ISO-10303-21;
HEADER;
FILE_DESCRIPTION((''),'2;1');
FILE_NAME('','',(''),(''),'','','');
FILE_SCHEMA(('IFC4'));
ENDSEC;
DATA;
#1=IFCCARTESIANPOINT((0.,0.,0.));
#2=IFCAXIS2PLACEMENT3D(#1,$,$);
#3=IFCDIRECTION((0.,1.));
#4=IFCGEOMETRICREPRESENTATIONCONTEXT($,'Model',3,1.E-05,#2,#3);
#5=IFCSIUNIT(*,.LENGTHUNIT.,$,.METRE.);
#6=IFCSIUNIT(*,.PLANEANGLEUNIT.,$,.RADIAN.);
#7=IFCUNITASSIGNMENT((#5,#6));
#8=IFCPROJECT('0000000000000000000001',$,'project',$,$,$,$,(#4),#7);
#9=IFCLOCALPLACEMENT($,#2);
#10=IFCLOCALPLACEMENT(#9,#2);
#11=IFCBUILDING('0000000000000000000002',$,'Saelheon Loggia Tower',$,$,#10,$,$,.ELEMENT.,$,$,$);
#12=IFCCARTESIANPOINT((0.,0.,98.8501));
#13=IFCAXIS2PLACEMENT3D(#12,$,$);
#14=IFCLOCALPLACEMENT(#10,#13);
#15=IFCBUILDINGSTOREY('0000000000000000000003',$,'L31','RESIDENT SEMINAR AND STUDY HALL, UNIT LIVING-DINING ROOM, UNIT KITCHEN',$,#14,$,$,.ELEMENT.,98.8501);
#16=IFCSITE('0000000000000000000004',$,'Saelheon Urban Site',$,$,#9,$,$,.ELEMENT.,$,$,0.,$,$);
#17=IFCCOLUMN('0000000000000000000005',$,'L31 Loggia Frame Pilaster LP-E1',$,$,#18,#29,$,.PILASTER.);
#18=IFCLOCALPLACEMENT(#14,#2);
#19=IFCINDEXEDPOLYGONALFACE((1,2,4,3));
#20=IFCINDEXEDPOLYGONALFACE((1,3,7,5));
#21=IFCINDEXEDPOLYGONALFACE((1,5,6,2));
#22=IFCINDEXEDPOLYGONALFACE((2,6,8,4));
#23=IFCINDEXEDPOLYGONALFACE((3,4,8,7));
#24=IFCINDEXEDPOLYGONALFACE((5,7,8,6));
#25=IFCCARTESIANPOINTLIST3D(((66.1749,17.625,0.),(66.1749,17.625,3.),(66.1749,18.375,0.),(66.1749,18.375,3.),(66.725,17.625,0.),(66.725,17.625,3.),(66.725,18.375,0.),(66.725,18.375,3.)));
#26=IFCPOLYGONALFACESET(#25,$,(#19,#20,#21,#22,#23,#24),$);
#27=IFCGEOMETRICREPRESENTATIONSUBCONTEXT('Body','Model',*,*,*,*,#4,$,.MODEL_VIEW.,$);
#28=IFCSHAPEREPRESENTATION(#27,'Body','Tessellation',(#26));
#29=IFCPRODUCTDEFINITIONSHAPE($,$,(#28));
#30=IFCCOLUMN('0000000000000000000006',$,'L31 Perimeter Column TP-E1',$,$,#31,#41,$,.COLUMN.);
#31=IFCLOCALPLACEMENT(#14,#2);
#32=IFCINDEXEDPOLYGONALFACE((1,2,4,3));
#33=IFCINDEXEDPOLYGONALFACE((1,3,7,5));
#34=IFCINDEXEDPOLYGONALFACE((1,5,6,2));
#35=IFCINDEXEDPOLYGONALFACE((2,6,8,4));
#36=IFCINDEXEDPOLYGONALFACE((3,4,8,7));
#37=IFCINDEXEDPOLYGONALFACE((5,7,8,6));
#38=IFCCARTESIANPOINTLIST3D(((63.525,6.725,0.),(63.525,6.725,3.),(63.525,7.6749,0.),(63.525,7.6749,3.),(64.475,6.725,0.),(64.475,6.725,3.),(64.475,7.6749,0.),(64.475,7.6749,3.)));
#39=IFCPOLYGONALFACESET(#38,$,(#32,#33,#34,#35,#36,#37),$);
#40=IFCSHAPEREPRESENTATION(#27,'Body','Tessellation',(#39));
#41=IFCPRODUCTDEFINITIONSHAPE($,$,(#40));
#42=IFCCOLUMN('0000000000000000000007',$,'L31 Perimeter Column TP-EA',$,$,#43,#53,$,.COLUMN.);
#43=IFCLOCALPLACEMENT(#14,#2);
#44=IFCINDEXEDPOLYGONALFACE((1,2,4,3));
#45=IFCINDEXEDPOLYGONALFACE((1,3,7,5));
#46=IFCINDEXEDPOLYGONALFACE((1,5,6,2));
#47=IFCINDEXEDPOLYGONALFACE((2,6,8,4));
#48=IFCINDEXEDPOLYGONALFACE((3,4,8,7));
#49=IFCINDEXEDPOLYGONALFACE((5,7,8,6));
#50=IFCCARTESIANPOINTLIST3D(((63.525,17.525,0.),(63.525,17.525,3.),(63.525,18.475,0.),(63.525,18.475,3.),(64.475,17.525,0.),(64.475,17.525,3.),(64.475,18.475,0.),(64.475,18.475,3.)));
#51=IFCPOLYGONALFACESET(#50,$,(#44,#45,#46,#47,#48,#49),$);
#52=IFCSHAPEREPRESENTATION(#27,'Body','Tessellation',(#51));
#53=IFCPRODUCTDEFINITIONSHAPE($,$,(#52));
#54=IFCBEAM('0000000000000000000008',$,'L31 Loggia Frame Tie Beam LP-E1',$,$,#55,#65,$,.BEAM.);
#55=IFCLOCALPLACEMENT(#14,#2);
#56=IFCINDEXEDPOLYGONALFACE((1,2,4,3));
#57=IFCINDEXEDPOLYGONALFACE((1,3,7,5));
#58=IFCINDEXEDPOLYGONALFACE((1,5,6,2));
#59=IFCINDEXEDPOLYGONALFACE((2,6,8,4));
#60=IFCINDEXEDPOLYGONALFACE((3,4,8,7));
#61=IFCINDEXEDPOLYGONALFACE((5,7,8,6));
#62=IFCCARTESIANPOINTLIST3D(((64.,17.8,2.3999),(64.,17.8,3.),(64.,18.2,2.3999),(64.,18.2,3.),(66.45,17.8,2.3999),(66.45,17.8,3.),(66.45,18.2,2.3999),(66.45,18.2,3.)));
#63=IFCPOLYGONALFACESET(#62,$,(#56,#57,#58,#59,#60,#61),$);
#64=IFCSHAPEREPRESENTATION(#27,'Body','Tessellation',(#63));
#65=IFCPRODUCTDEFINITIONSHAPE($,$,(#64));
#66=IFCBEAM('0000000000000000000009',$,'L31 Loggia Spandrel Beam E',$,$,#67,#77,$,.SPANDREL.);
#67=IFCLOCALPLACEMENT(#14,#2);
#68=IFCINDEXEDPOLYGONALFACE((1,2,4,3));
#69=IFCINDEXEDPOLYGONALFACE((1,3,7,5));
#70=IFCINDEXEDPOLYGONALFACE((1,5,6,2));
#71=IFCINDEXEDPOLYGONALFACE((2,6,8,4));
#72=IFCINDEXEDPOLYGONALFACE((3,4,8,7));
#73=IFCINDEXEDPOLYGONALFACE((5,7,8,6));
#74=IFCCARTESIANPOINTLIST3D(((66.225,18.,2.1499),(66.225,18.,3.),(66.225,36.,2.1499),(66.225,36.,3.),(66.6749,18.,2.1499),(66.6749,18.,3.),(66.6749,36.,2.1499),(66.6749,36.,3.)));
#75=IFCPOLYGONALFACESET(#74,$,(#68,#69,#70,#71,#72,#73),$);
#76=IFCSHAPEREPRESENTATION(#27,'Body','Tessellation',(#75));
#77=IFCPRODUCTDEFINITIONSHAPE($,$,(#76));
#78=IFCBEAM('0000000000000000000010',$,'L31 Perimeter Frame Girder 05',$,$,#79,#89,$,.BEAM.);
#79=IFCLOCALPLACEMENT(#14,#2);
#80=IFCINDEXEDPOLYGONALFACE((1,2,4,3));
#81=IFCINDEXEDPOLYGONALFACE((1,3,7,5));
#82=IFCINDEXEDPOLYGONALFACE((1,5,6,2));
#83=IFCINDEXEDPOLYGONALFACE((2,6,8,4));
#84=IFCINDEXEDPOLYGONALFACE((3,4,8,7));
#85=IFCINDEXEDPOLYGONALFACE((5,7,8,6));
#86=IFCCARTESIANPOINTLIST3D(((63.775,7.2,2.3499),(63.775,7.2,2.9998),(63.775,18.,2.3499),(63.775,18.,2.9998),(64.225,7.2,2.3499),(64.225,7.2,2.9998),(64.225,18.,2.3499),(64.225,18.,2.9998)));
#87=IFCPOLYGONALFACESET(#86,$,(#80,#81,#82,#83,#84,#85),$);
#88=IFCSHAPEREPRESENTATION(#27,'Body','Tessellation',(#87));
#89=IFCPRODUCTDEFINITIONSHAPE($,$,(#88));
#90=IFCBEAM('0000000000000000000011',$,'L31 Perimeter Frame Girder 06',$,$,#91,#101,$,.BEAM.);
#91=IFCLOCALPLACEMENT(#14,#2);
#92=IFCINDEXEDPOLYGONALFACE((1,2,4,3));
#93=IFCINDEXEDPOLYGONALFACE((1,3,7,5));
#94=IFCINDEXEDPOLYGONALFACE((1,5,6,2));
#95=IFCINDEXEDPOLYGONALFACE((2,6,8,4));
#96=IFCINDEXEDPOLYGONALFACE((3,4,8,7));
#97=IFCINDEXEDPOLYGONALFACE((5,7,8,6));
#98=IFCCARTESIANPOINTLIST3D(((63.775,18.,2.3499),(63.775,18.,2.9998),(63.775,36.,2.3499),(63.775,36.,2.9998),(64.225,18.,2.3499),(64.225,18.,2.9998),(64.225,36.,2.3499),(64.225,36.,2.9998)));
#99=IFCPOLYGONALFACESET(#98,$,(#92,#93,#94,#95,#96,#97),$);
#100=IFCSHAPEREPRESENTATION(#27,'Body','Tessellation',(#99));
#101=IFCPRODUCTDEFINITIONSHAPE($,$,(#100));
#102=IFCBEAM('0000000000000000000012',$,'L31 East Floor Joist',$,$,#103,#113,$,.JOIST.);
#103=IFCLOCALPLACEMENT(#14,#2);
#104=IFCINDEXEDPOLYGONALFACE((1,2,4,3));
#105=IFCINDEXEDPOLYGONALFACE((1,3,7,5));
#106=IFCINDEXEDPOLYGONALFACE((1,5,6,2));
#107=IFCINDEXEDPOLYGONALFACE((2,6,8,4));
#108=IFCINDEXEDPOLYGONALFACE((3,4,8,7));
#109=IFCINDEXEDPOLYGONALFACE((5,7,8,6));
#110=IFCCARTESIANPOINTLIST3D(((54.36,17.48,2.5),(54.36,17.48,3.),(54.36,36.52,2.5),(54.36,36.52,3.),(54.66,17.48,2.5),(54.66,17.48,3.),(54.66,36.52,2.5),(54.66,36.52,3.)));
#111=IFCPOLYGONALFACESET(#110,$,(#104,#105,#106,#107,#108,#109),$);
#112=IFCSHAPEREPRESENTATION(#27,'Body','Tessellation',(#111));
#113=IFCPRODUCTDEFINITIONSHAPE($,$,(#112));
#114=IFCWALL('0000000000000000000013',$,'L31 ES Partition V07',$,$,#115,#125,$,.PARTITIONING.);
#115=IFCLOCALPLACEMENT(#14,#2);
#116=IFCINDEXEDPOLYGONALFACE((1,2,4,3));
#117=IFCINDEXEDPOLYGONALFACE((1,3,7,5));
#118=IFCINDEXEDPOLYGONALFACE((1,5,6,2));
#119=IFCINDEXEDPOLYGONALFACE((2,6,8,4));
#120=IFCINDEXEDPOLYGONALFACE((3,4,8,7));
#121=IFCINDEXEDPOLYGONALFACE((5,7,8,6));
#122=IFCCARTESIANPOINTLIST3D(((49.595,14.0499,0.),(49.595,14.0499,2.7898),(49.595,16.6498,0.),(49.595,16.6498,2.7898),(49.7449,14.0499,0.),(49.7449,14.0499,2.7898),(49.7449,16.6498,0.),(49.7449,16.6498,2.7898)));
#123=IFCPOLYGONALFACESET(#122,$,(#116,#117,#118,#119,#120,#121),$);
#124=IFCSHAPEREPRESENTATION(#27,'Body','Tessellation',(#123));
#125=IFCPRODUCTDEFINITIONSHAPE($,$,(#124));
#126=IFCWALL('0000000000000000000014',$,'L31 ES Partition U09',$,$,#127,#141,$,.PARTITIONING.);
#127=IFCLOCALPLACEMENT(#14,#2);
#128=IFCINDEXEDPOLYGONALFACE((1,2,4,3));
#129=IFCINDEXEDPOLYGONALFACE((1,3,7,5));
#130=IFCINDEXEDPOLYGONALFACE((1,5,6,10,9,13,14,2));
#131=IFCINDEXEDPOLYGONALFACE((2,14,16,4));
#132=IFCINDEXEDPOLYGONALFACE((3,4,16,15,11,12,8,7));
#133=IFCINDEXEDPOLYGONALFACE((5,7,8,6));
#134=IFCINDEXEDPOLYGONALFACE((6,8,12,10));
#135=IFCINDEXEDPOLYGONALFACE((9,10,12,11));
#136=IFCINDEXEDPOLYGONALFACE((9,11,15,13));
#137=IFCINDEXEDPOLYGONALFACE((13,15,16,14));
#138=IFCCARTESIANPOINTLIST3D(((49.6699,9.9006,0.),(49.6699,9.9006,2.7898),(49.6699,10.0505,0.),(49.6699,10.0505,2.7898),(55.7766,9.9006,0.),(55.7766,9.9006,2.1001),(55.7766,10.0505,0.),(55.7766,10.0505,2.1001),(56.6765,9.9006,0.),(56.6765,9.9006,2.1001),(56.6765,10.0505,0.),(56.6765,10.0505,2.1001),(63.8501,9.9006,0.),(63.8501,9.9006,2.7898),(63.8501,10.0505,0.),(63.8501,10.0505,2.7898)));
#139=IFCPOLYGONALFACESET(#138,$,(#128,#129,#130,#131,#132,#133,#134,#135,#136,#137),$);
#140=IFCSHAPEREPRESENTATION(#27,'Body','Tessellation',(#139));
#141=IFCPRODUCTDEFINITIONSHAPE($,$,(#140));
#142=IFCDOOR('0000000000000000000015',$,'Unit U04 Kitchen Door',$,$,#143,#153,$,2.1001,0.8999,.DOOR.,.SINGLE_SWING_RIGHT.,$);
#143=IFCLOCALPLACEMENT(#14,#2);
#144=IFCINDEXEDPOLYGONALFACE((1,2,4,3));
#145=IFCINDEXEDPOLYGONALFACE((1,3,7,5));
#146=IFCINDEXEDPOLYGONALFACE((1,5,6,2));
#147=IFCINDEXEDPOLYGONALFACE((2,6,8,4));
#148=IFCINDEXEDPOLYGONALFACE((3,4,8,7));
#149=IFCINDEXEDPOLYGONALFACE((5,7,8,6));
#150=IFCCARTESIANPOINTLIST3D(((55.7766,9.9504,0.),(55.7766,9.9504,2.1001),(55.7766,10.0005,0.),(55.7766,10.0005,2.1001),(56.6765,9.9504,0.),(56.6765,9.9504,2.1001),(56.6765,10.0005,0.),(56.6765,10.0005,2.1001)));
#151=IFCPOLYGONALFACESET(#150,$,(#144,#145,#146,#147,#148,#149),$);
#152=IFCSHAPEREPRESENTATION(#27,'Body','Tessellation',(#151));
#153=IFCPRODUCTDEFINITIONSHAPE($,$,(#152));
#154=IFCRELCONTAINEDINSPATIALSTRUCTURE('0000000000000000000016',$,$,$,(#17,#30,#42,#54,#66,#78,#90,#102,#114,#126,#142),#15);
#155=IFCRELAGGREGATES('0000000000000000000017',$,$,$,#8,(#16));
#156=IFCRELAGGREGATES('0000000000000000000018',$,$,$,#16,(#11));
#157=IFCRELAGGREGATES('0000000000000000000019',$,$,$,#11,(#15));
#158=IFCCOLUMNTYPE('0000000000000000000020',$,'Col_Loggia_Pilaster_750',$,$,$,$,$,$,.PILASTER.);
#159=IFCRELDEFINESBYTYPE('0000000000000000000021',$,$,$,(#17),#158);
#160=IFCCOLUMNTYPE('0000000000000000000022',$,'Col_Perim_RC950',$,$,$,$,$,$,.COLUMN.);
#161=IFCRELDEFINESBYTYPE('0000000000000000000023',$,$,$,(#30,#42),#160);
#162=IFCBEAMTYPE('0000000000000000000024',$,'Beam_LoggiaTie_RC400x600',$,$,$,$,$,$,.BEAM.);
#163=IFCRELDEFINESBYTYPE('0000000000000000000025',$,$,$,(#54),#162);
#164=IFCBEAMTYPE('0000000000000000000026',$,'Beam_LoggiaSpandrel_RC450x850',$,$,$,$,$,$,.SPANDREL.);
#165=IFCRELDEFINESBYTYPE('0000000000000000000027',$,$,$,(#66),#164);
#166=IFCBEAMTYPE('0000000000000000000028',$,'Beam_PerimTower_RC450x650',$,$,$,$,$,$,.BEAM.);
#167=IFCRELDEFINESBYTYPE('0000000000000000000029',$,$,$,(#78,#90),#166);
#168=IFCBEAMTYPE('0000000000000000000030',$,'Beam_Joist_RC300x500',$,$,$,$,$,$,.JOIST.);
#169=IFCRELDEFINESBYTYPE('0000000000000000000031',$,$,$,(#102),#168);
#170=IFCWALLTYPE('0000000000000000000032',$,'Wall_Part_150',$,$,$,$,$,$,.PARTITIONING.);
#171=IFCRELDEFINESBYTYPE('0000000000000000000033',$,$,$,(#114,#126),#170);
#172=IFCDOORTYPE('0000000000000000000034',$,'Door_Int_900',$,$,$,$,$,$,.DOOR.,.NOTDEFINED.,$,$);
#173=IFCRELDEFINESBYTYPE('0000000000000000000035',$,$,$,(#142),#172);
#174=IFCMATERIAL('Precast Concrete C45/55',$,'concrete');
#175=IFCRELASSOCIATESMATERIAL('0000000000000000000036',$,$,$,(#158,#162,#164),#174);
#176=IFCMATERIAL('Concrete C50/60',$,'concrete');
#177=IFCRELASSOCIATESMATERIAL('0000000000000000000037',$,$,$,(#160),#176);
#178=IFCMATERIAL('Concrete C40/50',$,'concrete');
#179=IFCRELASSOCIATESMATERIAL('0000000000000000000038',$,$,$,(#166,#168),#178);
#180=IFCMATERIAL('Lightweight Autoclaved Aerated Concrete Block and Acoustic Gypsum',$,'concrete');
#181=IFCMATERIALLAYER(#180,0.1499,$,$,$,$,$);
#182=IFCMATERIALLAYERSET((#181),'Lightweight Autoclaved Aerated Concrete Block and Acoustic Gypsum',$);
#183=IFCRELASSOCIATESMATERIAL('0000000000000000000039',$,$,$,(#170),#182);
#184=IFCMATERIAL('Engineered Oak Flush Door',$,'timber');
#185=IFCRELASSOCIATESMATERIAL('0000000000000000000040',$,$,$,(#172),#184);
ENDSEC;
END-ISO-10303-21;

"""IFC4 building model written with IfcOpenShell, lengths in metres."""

from ifc_helpers import new_model, si_unit, direction, frame, frame_2d, origin, origin_2d, place, context, subcontext, project, spatial, rectangle, extrude, source, transform, mapped, material, layer, layer_set, material_profile, profile_set, type_object, element, fill, save


model = new_model("IFC4")

# Units and contexts
model_context = context("Model", 3, precision=1e-05, world=origin(), true_north=direction((0.0, 1.0)))
body_context = subcontext(model_context, "Body", "Model", "MODEL_VIEW")
ifc_project = project(units=[si_unit("LENGTHUNIT", "METRE"), si_unit("PLANEANGLEUNIT", "RADIAN")], contexts=[model_context])

# Site, building, storey
site_placement = place(None, origin())
site = spatial("IfcSite", under=ifc_project, at=site_placement, Name="Saelheon Urban Site", CompositionType="ELEMENT", RefElevation=0.0)
building_placement = place(site_placement, origin())
building = spatial("IfcBuilding", under=site, at=building_placement, Name="Saelheon Loggia Tower", CompositionType="ELEMENT")
storey_placement = place(building_placement, frame((0.0, 0.0, 98.8501)))
storey = spatial("IfcBuildingStorey", under=building, at=storey_placement, Name="L31", Description="RESIDENT SEMINAR AND STUDY HALL, UNIT LIVING-DINING ROOM, UNIT KITCHEN", CompositionType="ELEMENT", Elevation=98.8501)

# Columns
ifc_material_1 = material(Name="Precast Concrete C45/55", Category="concrete")
ifc_material_profile_1 = material_profile(ifc_material_1, rectangle(XDim=0.55, YDim=0.75, at=origin_2d()), Name="RC-550x750")
ifc_profile_set_1 = profile_set([ifc_material_profile_1], Name="Precast Concrete C45/55")
column_type_1 = type_object("IfcColumnType", Name="Col_Loggia_Pilaster_750", PredefinedType="PILASTER", material=ifc_profile_set_1)
shared_shape_1 = source(origin(), body_context, "Body", "SweptSolid", [
    extrude(rectangle(XDim=0.55, YDim=0.75, at=origin_2d()), origin(), (0.0, 0.0, 1.0), 3.0),
])
column_placement = place(storey_placement, frame((66.45, 18.0, 0.0), z_axis=(0.0, 0.0, 1.0), x_axis=(1.0, 0.0, 0.0)))
element("IfcColumn", 1, at=column_placement, inside=storey, type_object=column_type_1, Name="L31 Loggia Frame Pilaster LP-E1", PredefinedType="PILASTER", context=body_context, shape_type="MappedRepresentation", body=[
    mapped(shared_shape_1, transform((0.0, 0.0, 0.0), scale=1.0)),
])
ifc_material_2 = material(Name="Concrete C50/60", Category="concrete")
ifc_material_profile_2 = material_profile(ifc_material_2, rectangle(XDim=0.95, YDim=0.95, at=origin_2d()), Name="RC-950x950")
ifc_profile_set_2 = profile_set([ifc_material_profile_2], Name="Concrete C50/60")
column_type_2 = type_object("IfcColumnType", Name="Col_Perim_RC950", PredefinedType="COLUMN", material=ifc_profile_set_2)
shared_shape_2 = source(origin(), body_context, "Body", "SweptSolid", [
    extrude(rectangle(XDim=0.95, YDim=0.95, at=origin_2d()), origin(), (0.0, 0.0, 1.0), 3.0),
])
for number, where, z_axis, x_axis, name in (
    (2, (64.0, 7.2, 0.0), (0.0, 0.0, 1.0), (1.0, 0.0, 0.0), "L31 Perimeter Column TP-E1"),
    (3, (64.0, 18.0, 0.0), (0.0, 0.0, 1.0), (1.0, 0.0, 0.0), "L31 Perimeter Column TP-EA"),
):
    element("IfcColumn", number, at=place(storey_placement, frame(where, z_axis=z_axis, x_axis=x_axis)), inside=storey, type_object=column_type_2, Name=name, PredefinedType="COLUMN", context=body_context, shape_type="MappedRepresentation", body=[
        mapped(shared_shape_2, transform((0.0, 0.0, 0.0), scale=1.0)),
    ])

# Beams
ifc_material_profile_3 = material_profile(ifc_material_1, rectangle(XDim=0.3999, YDim=0.6001, at=origin_2d()), Name="RC-400x600")
ifc_profile_set_3 = profile_set([ifc_material_profile_3], Name="Precast Concrete C45/55")
beam_type_1 = type_object("IfcBeamType", Name="Beam_LoggiaTie_RC400x600", PredefinedType="BEAM", material=ifc_profile_set_3)
shared_shape_3 = source(origin(), body_context, "Body", "SweptSolid", [
    extrude(rectangle(XDim=0.3999, YDim=0.6001, at=origin_2d()), origin(), (0.0, 0.0, 1.0), 2.45),
])
beam_1_placement = place(storey_placement, frame((64.0, 18.0, 2.7), z_axis=(1.0, 0.0, 0.0), x_axis=(0.0, 1.0, 0.0)))
element("IfcBeam", 4, at=beam_1_placement, inside=storey, type_object=beam_type_1, Name="L31 Loggia Frame Tie Beam LP-E1", PredefinedType="BEAM", context=body_context, shape_type="MappedRepresentation", body=[
    mapped(shared_shape_3, transform((0.0, 0.0, 0.0), scale=1.0)),
])
ifc_material_profile_4 = material_profile(ifc_material_1, rectangle(XDim=0.45, YDim=0.8501, at=origin_2d()), Name="RC-450x850")
ifc_profile_set_4 = profile_set([ifc_material_profile_4], Name="Precast Concrete C45/55")
beam_type_2 = type_object("IfcBeamType", Name="Beam_LoggiaSpandrel_RC450x850", PredefinedType="SPANDREL", material=ifc_profile_set_4)
shared_shape_4 = source(origin(), body_context, "Body", "SweptSolid", [
    extrude(rectangle(XDim=0.45, YDim=0.8501, at=origin_2d()), origin(), (0.0, 0.0, 1.0), 18.0),
])
beam_2_placement = place(storey_placement, frame((66.45, 18.0, 2.575), z_axis=(0.0, 1.0, 0.0), x_axis=(-1.0, 0.0, 0.0)))
element("IfcBeam", 5, at=beam_2_placement, inside=storey, type_object=beam_type_2, Name="L31 Loggia Spandrel Beam E", PredefinedType="SPANDREL", context=body_context, shape_type="MappedRepresentation", body=[
    mapped(shared_shape_4, transform((0.0, 0.0, 0.0), scale=1.0)),
])
ifc_material_3 = material(Name="Concrete C40/50", Category="concrete")
ifc_material_profile_5 = material_profile(ifc_material_3, rectangle(XDim=0.45, YDim=0.6499, at=origin_2d()), Name="RC-450x650")
ifc_profile_set_5 = profile_set([ifc_material_profile_5], Name="Concrete C40/50")
beam_type_3 = type_object("IfcBeamType", Name="Beam_PerimTower_RC450x650", PredefinedType="BEAM", material=ifc_profile_set_5)
shared_shape_5 = source(origin(), body_context, "Body", "SweptSolid", [
    extrude(rectangle(XDim=0.45, YDim=0.6499, at=origin_2d()), origin(), (0.0, 0.0, 1.0), 10.8),
])
beam_3_placement = place(storey_placement, frame((64.0, 7.2, 2.6748), z_axis=(0.0, 1.0, 0.0), x_axis=(-1.0, 0.0, 0.0)))
element("IfcBeam", 6, at=beam_3_placement, inside=storey, type_object=beam_type_3, Name="L31 Perimeter Frame Girder 05", PredefinedType="BEAM", context=body_context, shape_type="MappedRepresentation", body=[
    mapped(shared_shape_5, transform((0.0, 0.0, 0.0), scale=1.0)),
])
shared_shape_6 = source(origin(), body_context, "Body", "SweptSolid", [
    extrude(rectangle(XDim=0.45, YDim=0.6499, at=origin_2d()), origin(), (0.0, 0.0, 1.0), 18.0),
])
beam_4_placement = place(storey_placement, frame((64.0, 18.0, 2.6748), z_axis=(0.0, 1.0, 0.0), x_axis=(-1.0, 0.0, 0.0)))
element("IfcBeam", 7, at=beam_4_placement, inside=storey, type_object=beam_type_3, Name="L31 Perimeter Frame Girder 06", PredefinedType="BEAM", context=body_context, shape_type="MappedRepresentation", body=[
    mapped(shared_shape_6, transform((0.0, 0.0, 0.0), scale=1.0)),
])
ifc_material_profile_6 = material_profile(ifc_material_3, rectangle(XDim=0.3, YDim=0.5, at=origin_2d()), Name="RC-300x500")
ifc_profile_set_6 = profile_set([ifc_material_profile_6], Name="Concrete C40/50")
beam_type_4 = type_object("IfcBeamType", Name="Beam_Joist_RC300x500", PredefinedType="JOIST", material=ifc_profile_set_6)
shared_shape_7 = source(origin(), body_context, "Body", "SweptSolid", [
    extrude(rectangle(XDim=0.3, YDim=0.5, at=origin_2d()), origin(), (0.0, 0.0, 1.0), 19.04),
])
beam_5_placement = place(storey_placement, frame((54.51, 17.48, 2.75), z_axis=(0.0, 1.0, 0.0), x_axis=(-1.0, 0.0, 0.0)))
element("IfcBeam", 8, at=beam_5_placement, inside=storey, type_object=beam_type_4, Name="L31 East Floor Joist", PredefinedType="JOIST", context=body_context, shape_type="MappedRepresentation", body=[
    mapped(shared_shape_7, transform((0.0, 0.0, 0.0), scale=1.0)),
])

# Wall
ifc_material_4 = material(Name="Lightweight Autoclaved Aerated Concrete Block and Acoustic Gypsum", Category="concrete")
ifc_layer_1 = layer(ifc_material_4, 0.1499)
ifc_layer_set_1 = layer_set([ifc_layer_1], Name="Lightweight Autoclaved Aerated Concrete Block and Acoustic Gypsum")
wall_type_1 = type_object("IfcWallType", Name="Wall_Part_150", PredefinedType="PARTITIONING", material=ifc_layer_set_1)
wall_1_placement = place(storey_placement, frame((49.6699, 14.05, 0.0), z_axis=(0.0, 0.0, 1.0), x_axis=(0.0, 1.0, 0.0)))
element("IfcWall", 9, at=wall_1_placement, inside=storey, type_object=wall_type_1, Name="L31 ES Partition V07", PredefinedType="PARTITIONING", context=body_context, shape_type="SweptSolid", body=[
    extrude(rectangle(XDim=2.5999, YDim=0.1499, at=frame_2d((1.2998, 0.0))), origin(), (0.0, 0.0, 1.0), 2.7898),
])

# Wall, opening, door
wall_2_placement = place(storey_placement, frame((49.6699, 9.9756, 0.0), z_axis=(0.0, 0.0, 1.0), x_axis=(1.0, 0.0, 0.0)))
wall_2 = element("IfcWall", 10, at=wall_2_placement, inside=storey, type_object=wall_type_1, Name="L31 ES Partition U09", PredefinedType="PARTITIONING", context=body_context, shape_type="SweptSolid", body=[
    extrude(rectangle(XDim=14.1802, YDim=0.1499, at=frame_2d((7.0901, 0.0))), origin(), (0.0, 0.0, 1.0), 2.7898),
])
opening_1_placement = place(wall_2_placement, frame((6.1067, 0.0, 0.0)))
opening_1 = element("IfcOpeningElement", 11, at=opening_1_placement, cuts=wall_2, PredefinedType="OPENING", context=body_context, shape_type="SweptSolid", body=[
    extrude(rectangle(XDim=0.8999, YDim=2.1001, at=frame_2d((0.45, 1.05))), frame((0.0, 0.0869, 0.0), z_axis=(0.0, -1.0, 0.0), x_axis=(1.0, 0.0, 0.0)), (0.0, 0.0, 1.0), 0.1738),
])
ifc_material_5 = material(Name="Engineered Oak Flush Door", Category="timber")
door_type_1 = type_object("IfcDoorType", Name="Door_Int_900", OperationType="NOTDEFINED", PredefinedType="DOOR", material=ifc_material_5)
shared_shape_8 = source(origin(), body_context, "Body", "SweptSolid", [
    extrude(rectangle(XDim=0.8999, YDim=2.1001, at=frame_2d((0.45, 1.05))), frame((0.0, 0.0249, 0.0), z_axis=(0.0, -1.0, 0.0), x_axis=(1.0, 0.0, 0.0)), (0.0, 0.0, 1.0), 0.05),
])
door_1_placement = place(opening_1_placement, origin())
door_1 = element("IfcDoor", 12, at=door_1_placement, inside=storey, type_object=door_type_1, Name="Unit U04 Kitchen Door", OperationType="SINGLE_SWING_RIGHT", OverallHeight=2.1001, OverallWidth=0.8999, PredefinedType="DOOR", context=body_context, shape_type="MappedRepresentation", body=[
    mapped(shared_shape_8, transform((0.0, 0.0, 0.0), scale=1.0)),
])
fill(opening_1, door_1)

save(model, "model.ifc")
